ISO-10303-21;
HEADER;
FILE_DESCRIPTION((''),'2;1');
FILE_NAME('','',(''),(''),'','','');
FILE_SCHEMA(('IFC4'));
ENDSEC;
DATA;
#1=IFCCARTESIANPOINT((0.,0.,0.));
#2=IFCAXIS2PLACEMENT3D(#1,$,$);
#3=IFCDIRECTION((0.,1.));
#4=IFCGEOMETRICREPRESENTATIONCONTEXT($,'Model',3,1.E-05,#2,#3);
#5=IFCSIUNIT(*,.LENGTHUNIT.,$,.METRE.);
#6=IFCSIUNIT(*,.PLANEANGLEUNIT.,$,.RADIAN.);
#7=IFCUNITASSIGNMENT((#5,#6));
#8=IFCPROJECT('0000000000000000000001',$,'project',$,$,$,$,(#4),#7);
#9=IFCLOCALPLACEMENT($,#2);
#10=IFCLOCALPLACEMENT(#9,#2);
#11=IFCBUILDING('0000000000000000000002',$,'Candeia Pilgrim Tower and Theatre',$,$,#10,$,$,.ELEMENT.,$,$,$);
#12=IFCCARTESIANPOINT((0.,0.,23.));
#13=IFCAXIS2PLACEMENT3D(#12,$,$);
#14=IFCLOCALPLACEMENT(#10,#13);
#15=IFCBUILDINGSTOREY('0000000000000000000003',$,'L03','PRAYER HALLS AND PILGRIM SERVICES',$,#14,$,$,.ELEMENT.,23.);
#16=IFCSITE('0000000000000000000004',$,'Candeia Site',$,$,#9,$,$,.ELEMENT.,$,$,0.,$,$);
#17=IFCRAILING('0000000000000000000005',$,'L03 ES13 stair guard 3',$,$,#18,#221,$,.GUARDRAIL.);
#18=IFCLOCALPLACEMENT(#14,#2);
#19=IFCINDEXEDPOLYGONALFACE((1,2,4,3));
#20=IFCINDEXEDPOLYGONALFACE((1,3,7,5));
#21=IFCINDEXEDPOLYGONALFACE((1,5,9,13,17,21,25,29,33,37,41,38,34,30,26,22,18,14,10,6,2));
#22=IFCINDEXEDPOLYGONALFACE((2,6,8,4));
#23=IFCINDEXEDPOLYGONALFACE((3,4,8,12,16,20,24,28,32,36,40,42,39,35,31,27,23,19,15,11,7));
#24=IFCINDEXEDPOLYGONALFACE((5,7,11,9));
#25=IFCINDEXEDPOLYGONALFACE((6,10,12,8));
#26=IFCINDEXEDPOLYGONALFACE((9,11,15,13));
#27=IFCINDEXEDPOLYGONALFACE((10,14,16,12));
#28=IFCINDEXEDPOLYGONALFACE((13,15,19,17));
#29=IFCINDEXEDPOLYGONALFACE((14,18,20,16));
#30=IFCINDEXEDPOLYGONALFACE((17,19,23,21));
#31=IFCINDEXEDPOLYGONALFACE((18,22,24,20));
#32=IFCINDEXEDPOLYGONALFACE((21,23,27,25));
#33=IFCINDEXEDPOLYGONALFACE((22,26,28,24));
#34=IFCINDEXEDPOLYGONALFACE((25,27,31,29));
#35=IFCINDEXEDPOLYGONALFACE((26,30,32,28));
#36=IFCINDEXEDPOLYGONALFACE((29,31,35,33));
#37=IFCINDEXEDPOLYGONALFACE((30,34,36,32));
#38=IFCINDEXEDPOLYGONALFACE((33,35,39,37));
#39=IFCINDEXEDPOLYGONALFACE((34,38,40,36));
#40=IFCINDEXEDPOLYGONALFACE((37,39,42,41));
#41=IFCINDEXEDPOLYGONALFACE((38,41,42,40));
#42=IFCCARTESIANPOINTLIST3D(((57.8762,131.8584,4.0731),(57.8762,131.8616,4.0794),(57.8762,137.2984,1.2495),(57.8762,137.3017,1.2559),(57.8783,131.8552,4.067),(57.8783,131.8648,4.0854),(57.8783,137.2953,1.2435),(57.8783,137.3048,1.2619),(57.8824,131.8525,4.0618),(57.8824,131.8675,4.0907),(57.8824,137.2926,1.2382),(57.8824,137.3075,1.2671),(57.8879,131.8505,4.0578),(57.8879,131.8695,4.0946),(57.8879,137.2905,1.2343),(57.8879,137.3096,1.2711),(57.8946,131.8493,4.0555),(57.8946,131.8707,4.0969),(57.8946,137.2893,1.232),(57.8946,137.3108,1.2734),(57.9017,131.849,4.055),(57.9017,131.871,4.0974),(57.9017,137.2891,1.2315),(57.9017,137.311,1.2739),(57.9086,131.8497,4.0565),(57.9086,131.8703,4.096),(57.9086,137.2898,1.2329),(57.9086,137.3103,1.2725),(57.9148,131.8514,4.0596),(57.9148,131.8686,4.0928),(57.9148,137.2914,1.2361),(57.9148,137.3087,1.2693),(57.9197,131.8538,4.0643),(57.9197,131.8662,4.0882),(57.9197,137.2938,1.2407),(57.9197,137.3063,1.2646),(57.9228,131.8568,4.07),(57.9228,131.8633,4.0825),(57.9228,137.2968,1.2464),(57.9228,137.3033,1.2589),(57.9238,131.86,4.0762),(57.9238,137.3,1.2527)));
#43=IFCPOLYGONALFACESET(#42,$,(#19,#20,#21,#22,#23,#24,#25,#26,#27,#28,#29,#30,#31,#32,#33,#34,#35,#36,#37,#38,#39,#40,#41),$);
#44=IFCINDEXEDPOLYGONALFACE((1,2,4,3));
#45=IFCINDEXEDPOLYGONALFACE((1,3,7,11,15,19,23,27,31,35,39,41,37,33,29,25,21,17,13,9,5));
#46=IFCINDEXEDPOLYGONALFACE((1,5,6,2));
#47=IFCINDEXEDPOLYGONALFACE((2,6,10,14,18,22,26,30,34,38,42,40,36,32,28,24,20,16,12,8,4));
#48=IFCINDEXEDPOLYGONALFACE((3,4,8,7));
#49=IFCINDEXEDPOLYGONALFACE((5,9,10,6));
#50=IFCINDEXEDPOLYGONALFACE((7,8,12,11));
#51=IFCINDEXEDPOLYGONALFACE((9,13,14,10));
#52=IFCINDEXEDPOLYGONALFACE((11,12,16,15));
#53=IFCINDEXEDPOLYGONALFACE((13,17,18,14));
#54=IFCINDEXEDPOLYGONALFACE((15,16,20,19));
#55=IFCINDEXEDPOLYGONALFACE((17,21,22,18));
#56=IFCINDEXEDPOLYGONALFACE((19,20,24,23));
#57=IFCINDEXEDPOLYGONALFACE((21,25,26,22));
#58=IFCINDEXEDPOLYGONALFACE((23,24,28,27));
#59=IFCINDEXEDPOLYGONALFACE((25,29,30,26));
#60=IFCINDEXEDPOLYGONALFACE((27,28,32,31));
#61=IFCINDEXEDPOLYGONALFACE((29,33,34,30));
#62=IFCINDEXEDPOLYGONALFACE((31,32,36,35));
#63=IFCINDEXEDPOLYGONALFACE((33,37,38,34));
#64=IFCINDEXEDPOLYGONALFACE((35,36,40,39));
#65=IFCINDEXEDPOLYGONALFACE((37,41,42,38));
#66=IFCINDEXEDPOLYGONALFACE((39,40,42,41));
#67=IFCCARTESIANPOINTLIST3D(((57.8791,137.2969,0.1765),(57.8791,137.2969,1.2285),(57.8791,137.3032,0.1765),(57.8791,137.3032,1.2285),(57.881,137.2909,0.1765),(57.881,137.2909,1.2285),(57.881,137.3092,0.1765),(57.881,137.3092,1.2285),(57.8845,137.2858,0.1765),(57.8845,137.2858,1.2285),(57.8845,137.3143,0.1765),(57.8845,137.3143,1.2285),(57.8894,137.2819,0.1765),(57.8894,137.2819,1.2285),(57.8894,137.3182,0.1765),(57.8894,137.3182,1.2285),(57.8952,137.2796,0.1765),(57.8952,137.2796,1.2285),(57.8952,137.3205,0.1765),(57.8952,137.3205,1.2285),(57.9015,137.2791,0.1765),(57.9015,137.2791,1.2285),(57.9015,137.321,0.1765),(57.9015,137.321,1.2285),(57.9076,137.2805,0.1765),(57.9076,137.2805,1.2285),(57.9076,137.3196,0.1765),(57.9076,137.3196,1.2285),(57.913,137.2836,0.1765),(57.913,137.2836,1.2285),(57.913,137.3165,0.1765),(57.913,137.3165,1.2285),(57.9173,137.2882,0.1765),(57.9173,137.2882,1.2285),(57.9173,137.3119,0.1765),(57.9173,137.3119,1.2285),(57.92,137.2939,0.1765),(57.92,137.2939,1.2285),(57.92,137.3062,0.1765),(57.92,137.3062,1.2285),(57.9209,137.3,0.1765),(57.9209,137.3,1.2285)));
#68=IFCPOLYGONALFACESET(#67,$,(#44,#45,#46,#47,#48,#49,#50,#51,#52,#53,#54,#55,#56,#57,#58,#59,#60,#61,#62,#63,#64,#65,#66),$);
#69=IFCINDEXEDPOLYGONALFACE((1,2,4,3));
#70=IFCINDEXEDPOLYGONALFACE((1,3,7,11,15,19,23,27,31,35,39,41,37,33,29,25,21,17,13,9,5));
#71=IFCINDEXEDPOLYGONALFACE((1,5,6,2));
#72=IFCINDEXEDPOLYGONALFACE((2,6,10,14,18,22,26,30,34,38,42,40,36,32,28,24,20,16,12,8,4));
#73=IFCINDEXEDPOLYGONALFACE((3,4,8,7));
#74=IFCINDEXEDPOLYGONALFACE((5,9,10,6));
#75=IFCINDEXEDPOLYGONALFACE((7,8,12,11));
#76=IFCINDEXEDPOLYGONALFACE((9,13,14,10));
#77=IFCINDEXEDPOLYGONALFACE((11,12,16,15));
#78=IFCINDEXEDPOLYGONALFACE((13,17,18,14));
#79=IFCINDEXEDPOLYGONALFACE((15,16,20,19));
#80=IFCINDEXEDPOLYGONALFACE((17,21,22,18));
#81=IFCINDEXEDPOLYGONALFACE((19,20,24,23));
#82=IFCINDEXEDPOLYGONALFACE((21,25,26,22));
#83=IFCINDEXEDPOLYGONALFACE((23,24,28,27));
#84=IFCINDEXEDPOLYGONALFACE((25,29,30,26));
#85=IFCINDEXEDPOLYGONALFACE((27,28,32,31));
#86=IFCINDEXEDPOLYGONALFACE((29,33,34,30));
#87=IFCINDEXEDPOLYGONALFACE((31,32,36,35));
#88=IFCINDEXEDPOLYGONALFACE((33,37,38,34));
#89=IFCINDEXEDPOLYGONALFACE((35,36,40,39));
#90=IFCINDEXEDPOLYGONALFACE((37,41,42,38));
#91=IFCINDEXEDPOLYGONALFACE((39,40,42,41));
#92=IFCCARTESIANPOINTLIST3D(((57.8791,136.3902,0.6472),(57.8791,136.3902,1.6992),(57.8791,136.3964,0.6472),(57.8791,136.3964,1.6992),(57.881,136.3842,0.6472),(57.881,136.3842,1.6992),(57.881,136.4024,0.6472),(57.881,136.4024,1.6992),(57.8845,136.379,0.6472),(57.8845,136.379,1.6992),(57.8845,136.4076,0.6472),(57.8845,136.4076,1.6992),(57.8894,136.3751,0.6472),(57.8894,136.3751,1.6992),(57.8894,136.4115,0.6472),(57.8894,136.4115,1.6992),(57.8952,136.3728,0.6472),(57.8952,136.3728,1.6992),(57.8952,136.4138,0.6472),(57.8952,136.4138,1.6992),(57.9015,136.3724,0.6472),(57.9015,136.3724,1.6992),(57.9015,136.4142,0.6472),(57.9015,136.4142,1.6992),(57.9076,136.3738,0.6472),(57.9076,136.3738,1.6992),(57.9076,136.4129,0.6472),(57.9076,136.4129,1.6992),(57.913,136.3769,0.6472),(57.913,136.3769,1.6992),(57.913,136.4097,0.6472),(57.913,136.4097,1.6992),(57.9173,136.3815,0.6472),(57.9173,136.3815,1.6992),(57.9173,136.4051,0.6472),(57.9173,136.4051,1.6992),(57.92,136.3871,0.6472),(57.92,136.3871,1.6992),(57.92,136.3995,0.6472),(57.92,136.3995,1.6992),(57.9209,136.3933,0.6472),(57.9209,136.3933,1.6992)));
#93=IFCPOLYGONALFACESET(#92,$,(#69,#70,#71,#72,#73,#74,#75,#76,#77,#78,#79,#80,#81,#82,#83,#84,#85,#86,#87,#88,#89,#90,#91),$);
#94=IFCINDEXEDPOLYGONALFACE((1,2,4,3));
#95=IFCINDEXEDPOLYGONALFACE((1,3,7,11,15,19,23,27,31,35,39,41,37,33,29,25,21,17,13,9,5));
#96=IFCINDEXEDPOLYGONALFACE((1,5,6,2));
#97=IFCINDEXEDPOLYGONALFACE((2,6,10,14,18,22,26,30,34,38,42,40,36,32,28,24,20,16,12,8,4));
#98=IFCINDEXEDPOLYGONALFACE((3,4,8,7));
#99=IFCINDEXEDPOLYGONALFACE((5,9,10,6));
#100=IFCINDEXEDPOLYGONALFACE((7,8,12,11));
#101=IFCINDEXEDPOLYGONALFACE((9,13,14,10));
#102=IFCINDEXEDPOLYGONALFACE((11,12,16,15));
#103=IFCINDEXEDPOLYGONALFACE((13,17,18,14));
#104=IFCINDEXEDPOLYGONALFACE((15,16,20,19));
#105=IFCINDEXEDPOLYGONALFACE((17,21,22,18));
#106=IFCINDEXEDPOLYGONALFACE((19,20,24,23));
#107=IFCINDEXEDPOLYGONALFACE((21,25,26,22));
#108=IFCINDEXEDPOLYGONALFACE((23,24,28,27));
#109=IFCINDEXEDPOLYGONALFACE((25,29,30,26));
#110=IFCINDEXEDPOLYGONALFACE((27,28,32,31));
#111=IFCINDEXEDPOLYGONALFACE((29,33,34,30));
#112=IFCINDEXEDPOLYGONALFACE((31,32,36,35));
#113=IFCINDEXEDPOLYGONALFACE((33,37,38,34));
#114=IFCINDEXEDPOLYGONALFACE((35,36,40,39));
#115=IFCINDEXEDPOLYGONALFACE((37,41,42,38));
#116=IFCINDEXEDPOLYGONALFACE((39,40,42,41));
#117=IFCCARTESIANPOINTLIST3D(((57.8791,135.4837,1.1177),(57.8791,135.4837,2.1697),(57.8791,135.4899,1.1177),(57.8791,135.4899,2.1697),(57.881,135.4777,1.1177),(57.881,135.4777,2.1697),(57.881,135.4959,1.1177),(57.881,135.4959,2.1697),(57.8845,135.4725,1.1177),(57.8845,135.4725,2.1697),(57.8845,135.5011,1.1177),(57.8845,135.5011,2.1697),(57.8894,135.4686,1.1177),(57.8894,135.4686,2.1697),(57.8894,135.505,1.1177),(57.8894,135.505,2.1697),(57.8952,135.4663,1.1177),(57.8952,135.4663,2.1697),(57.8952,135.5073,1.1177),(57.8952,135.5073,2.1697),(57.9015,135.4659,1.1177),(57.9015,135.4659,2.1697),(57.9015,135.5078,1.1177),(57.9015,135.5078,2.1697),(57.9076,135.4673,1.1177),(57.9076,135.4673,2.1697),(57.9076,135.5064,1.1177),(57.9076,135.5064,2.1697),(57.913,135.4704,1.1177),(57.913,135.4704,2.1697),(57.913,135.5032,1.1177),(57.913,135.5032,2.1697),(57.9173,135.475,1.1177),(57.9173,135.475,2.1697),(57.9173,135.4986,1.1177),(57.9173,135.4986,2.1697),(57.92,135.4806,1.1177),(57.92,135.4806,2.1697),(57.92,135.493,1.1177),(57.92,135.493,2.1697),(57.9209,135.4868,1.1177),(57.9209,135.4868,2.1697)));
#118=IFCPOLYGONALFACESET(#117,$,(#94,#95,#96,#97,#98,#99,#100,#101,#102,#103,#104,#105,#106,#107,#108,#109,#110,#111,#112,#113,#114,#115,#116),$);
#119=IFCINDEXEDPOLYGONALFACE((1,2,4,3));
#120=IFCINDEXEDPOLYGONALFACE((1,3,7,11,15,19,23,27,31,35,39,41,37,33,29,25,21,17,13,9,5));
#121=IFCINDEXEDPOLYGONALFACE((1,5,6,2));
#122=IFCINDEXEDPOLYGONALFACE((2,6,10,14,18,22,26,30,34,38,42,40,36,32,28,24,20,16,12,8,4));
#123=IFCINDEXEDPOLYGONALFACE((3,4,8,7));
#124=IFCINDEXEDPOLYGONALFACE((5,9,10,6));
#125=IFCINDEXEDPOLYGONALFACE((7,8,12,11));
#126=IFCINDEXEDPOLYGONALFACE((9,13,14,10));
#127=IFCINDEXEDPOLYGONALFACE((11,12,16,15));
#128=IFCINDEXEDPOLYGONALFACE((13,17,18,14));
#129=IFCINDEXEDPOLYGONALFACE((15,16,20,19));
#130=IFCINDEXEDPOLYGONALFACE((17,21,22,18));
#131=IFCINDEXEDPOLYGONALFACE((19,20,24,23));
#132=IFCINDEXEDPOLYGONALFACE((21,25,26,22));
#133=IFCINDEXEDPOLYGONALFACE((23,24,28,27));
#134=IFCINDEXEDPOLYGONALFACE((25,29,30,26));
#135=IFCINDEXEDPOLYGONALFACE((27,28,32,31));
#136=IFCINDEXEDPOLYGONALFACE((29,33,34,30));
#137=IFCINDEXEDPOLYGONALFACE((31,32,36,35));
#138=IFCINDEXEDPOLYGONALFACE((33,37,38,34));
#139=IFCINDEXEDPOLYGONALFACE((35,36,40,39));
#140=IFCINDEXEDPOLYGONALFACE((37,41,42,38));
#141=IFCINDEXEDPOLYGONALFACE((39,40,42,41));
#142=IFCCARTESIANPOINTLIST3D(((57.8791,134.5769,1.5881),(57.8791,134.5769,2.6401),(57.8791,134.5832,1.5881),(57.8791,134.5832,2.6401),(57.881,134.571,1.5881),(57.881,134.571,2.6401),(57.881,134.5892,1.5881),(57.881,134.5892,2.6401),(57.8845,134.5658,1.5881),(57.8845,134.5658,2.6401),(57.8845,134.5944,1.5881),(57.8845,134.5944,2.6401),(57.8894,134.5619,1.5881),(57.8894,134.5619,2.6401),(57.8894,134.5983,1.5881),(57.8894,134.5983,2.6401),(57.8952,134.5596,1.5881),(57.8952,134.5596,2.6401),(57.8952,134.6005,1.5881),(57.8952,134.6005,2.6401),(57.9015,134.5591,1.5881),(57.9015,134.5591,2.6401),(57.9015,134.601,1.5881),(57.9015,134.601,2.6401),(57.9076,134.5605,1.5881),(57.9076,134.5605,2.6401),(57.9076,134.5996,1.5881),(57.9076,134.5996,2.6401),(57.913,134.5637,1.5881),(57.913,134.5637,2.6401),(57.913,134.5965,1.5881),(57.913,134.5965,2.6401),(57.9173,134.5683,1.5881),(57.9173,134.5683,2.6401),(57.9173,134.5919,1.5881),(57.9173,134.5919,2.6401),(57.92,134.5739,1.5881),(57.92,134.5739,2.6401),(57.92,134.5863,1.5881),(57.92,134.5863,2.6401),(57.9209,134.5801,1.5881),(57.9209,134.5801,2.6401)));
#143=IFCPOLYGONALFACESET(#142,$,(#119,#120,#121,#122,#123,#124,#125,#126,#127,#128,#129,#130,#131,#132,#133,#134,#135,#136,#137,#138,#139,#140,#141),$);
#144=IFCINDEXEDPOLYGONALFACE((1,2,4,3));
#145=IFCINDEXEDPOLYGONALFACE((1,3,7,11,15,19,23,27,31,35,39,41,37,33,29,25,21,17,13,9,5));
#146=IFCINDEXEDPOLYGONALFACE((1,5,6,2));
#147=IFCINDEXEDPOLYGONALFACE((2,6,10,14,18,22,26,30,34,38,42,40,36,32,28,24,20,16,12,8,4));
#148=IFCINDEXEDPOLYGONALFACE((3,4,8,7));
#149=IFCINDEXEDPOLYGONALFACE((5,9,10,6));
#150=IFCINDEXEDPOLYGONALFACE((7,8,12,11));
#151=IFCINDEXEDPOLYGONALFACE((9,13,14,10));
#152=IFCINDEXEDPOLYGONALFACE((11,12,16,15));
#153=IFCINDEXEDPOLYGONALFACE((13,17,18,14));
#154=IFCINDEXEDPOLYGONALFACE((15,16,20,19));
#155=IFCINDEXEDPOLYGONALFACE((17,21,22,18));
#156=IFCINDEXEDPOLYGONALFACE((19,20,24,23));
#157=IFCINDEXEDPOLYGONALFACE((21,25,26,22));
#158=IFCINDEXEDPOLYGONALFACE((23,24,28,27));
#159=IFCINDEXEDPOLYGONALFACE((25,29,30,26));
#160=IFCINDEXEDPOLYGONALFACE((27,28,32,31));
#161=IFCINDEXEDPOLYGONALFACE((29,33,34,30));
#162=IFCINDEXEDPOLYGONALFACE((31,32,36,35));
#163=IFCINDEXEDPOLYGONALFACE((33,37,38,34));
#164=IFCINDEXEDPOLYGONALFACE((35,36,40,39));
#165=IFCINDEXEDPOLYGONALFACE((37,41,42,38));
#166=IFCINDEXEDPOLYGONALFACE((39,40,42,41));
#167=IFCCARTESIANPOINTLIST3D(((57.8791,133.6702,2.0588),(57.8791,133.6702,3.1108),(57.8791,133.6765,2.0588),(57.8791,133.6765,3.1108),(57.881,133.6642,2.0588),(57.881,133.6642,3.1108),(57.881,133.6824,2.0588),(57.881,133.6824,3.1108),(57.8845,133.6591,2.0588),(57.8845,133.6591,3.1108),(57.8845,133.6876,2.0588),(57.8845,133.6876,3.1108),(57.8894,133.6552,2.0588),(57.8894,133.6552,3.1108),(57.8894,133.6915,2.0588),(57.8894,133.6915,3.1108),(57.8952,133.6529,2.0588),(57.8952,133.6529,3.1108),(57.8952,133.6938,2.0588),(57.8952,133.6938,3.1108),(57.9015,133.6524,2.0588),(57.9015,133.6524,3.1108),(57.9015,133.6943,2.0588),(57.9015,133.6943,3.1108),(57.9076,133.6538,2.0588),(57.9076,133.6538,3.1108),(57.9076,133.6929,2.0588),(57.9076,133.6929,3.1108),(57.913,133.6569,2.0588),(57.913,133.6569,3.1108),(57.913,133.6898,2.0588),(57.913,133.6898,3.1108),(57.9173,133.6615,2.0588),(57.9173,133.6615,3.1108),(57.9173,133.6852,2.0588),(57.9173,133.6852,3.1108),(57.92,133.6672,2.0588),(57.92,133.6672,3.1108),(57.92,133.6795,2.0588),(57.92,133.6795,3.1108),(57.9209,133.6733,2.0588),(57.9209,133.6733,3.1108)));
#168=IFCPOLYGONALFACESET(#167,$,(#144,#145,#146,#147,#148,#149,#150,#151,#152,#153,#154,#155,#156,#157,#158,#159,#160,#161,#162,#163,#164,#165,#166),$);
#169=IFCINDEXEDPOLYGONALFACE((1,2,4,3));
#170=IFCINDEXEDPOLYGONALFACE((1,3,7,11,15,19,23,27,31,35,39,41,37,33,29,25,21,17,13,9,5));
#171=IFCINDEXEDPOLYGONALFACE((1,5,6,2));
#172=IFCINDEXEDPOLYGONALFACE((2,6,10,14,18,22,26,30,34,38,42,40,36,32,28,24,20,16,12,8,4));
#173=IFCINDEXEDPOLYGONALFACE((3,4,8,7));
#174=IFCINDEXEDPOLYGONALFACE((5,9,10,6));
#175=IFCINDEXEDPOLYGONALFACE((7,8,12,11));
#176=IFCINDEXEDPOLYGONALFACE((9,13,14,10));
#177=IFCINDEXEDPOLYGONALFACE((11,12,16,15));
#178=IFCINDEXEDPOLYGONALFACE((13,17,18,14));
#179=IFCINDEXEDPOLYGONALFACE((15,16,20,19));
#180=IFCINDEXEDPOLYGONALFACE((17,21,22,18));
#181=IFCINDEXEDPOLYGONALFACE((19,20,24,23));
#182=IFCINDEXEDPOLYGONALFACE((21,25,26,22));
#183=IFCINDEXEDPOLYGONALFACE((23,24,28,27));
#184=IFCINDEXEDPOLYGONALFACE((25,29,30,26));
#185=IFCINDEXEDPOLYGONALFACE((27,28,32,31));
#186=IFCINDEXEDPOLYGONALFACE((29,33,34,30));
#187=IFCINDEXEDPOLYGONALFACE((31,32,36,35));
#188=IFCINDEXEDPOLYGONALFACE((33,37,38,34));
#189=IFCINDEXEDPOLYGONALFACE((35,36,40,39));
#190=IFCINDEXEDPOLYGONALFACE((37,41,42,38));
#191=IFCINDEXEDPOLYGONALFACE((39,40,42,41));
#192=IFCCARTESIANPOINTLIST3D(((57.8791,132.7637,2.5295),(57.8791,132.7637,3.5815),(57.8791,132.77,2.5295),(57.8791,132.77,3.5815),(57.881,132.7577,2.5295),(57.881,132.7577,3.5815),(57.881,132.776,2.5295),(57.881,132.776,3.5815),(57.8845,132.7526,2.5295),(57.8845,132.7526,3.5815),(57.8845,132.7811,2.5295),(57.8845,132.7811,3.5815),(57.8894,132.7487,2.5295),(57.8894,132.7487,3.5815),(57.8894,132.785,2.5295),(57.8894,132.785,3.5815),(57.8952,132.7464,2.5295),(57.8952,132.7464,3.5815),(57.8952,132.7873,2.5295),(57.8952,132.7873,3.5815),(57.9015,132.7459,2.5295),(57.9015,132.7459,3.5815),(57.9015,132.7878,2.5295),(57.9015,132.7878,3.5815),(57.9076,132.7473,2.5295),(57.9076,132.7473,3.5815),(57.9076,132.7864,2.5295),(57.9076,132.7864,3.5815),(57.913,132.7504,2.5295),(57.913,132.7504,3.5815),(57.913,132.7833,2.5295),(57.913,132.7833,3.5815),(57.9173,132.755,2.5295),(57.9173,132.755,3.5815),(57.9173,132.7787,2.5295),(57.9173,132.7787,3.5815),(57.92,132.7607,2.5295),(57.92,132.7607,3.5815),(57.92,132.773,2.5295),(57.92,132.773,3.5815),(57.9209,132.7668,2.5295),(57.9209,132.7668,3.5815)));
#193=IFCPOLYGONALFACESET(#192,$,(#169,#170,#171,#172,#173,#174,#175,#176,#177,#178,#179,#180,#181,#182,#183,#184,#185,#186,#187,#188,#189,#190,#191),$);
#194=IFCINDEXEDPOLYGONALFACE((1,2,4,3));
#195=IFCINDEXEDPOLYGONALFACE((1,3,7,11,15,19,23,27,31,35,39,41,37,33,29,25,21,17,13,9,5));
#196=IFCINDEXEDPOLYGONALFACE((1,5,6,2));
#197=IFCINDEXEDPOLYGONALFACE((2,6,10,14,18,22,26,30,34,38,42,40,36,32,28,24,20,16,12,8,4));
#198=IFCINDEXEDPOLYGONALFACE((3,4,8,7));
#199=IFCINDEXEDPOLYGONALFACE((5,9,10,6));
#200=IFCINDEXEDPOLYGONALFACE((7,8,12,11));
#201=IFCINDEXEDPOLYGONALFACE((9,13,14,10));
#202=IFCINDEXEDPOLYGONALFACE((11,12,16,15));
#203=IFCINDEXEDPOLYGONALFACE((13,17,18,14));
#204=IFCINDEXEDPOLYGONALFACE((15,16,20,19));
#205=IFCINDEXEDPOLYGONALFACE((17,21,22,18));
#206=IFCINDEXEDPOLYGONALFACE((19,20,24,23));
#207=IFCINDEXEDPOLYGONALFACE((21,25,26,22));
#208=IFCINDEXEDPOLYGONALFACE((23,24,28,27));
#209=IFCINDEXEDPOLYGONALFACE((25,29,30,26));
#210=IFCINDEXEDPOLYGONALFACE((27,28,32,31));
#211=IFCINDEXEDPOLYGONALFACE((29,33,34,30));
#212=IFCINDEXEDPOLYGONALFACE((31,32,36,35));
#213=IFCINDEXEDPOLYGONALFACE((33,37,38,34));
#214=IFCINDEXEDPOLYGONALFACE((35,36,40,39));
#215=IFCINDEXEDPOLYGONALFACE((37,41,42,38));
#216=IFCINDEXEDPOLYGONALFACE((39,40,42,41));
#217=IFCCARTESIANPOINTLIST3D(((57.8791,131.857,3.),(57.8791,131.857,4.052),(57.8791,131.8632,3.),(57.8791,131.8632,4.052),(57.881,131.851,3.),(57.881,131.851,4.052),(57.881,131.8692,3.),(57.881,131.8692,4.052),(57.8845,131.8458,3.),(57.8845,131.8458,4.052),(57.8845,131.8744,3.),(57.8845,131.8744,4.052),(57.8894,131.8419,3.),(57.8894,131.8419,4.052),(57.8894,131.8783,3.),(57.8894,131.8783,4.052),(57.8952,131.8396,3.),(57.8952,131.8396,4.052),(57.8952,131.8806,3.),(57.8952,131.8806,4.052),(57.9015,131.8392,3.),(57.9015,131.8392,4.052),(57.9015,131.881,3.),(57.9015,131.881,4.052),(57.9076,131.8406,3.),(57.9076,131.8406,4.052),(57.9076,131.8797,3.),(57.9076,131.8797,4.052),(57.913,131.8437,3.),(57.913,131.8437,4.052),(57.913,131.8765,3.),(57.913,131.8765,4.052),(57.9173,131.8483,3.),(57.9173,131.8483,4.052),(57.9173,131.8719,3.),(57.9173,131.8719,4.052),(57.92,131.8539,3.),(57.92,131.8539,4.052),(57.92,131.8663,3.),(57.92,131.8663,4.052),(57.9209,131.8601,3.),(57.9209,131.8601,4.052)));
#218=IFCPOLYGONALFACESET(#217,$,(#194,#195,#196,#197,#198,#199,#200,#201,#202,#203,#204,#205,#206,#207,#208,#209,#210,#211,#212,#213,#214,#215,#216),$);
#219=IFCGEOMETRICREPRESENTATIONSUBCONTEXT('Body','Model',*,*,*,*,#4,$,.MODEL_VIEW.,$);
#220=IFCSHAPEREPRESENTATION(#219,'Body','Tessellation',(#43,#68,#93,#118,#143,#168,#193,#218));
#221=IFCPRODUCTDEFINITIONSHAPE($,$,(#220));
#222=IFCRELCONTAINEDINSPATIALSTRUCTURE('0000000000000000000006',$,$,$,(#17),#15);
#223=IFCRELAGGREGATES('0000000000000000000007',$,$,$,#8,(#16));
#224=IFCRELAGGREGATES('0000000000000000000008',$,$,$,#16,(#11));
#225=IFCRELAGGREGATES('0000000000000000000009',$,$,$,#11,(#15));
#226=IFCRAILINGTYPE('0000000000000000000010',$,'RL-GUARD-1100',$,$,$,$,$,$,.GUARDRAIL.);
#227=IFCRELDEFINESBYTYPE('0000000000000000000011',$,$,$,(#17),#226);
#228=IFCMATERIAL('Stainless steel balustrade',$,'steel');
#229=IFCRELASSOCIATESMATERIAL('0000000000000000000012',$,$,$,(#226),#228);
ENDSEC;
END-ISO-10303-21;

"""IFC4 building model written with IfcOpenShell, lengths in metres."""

from ifc_helpers import new_model, si_unit, direction, frame, origin, origin_2d, place, context, subcontext, project, spatial, circle, extrude, material, type_object, element, save


model = new_model("IFC4")

# Units and contexts
model_context = context("Model", 3, precision=1e-05, world=origin(), true_north=direction((0.0, 1.0)))
body_context = subcontext(model_context, "Body", "Model", "MODEL_VIEW")
ifc_project = project(units=[si_unit("LENGTHUNIT", "METRE"), si_unit("PLANEANGLEUNIT", "RADIAN")], contexts=[model_context])

# Site, building, storey
site_placement = place(None, origin())
site = spatial("IfcSite", under=ifc_project, at=site_placement, Name="Candeia Site", CompositionType="ELEMENT", RefElevation=0.0)
building_placement = place(site_placement, origin())
building = spatial("IfcBuilding", under=site, at=building_placement, Name="Candeia Pilgrim Tower and Theatre", CompositionType="ELEMENT")
storey_placement = place(building_placement, frame((0.0, 0.0, 23.0)))
storey = spatial("IfcBuildingStorey", under=building, at=storey_placement, Name="L03", Description="PRAYER HALLS AND PILGRIM SERVICES", CompositionType="ELEMENT", Elevation=23.0)

# Railing
ifc_material_1 = material(Name="Stainless steel balustrade", Category="steel")
railing_type_1 = type_object("IfcRailingType", Name="RL-GUARD-1100", PredefinedType="GUARDRAIL", material=ifc_material_1)
railing_1_placement = place(storey_placement, frame((57.8999, 137.3, 0.1765)))
element("IfcRailing", 1, at=railing_1_placement, inside=storey, type_object=railing_type_1, Name="L03 ES13 stair guard 3", PredefinedType="GUARDRAIL", context=body_context, shape_type="SweptSolid", body=[
    extrude(circle(Radius=0.0239, at=origin_2d()), frame((0.0, 0.0, 1.0762), z_axis=(0.0, -0.887569, 0.460674), x_axis=(1.0, 0.0, 0.0)), (0.0, 0.0, 1.0), 6.1292),
    extrude(circle(Radius=0.021, at=origin_2d()), origin(), (0.0, 0.0, 1.0), 1.052),
    extrude(circle(Radius=0.021, at=origin_2d()), frame((0.0, -0.9067, 0.4707)), (0.0, 0.0, 1.0), 1.052),
    extrude(circle(Radius=0.021, at=origin_2d()), frame((0.0, -1.8132, 0.9412)), (0.0, 0.0, 1.0), 1.052),
    extrude(circle(Radius=0.021, at=origin_2d()), frame((0.0, -2.72, 1.4116)), (0.0, 0.0, 1.0), 1.052),
    extrude(circle(Radius=0.021, at=origin_2d()), frame((0.0, -3.6267, 1.8823)), (0.0, 0.0, 1.0), 1.052),
    extrude(circle(Radius=0.021, at=origin_2d()), frame((0.0, -4.5332, 2.353)), (0.0, 0.0, 1.0), 1.052),
    extrude(circle(Radius=0.021, at=origin_2d()), frame((0.0, -5.4399, 2.8235)), (0.0, 0.0, 1.0), 1.052),
])

save(model, "model.ifc")
